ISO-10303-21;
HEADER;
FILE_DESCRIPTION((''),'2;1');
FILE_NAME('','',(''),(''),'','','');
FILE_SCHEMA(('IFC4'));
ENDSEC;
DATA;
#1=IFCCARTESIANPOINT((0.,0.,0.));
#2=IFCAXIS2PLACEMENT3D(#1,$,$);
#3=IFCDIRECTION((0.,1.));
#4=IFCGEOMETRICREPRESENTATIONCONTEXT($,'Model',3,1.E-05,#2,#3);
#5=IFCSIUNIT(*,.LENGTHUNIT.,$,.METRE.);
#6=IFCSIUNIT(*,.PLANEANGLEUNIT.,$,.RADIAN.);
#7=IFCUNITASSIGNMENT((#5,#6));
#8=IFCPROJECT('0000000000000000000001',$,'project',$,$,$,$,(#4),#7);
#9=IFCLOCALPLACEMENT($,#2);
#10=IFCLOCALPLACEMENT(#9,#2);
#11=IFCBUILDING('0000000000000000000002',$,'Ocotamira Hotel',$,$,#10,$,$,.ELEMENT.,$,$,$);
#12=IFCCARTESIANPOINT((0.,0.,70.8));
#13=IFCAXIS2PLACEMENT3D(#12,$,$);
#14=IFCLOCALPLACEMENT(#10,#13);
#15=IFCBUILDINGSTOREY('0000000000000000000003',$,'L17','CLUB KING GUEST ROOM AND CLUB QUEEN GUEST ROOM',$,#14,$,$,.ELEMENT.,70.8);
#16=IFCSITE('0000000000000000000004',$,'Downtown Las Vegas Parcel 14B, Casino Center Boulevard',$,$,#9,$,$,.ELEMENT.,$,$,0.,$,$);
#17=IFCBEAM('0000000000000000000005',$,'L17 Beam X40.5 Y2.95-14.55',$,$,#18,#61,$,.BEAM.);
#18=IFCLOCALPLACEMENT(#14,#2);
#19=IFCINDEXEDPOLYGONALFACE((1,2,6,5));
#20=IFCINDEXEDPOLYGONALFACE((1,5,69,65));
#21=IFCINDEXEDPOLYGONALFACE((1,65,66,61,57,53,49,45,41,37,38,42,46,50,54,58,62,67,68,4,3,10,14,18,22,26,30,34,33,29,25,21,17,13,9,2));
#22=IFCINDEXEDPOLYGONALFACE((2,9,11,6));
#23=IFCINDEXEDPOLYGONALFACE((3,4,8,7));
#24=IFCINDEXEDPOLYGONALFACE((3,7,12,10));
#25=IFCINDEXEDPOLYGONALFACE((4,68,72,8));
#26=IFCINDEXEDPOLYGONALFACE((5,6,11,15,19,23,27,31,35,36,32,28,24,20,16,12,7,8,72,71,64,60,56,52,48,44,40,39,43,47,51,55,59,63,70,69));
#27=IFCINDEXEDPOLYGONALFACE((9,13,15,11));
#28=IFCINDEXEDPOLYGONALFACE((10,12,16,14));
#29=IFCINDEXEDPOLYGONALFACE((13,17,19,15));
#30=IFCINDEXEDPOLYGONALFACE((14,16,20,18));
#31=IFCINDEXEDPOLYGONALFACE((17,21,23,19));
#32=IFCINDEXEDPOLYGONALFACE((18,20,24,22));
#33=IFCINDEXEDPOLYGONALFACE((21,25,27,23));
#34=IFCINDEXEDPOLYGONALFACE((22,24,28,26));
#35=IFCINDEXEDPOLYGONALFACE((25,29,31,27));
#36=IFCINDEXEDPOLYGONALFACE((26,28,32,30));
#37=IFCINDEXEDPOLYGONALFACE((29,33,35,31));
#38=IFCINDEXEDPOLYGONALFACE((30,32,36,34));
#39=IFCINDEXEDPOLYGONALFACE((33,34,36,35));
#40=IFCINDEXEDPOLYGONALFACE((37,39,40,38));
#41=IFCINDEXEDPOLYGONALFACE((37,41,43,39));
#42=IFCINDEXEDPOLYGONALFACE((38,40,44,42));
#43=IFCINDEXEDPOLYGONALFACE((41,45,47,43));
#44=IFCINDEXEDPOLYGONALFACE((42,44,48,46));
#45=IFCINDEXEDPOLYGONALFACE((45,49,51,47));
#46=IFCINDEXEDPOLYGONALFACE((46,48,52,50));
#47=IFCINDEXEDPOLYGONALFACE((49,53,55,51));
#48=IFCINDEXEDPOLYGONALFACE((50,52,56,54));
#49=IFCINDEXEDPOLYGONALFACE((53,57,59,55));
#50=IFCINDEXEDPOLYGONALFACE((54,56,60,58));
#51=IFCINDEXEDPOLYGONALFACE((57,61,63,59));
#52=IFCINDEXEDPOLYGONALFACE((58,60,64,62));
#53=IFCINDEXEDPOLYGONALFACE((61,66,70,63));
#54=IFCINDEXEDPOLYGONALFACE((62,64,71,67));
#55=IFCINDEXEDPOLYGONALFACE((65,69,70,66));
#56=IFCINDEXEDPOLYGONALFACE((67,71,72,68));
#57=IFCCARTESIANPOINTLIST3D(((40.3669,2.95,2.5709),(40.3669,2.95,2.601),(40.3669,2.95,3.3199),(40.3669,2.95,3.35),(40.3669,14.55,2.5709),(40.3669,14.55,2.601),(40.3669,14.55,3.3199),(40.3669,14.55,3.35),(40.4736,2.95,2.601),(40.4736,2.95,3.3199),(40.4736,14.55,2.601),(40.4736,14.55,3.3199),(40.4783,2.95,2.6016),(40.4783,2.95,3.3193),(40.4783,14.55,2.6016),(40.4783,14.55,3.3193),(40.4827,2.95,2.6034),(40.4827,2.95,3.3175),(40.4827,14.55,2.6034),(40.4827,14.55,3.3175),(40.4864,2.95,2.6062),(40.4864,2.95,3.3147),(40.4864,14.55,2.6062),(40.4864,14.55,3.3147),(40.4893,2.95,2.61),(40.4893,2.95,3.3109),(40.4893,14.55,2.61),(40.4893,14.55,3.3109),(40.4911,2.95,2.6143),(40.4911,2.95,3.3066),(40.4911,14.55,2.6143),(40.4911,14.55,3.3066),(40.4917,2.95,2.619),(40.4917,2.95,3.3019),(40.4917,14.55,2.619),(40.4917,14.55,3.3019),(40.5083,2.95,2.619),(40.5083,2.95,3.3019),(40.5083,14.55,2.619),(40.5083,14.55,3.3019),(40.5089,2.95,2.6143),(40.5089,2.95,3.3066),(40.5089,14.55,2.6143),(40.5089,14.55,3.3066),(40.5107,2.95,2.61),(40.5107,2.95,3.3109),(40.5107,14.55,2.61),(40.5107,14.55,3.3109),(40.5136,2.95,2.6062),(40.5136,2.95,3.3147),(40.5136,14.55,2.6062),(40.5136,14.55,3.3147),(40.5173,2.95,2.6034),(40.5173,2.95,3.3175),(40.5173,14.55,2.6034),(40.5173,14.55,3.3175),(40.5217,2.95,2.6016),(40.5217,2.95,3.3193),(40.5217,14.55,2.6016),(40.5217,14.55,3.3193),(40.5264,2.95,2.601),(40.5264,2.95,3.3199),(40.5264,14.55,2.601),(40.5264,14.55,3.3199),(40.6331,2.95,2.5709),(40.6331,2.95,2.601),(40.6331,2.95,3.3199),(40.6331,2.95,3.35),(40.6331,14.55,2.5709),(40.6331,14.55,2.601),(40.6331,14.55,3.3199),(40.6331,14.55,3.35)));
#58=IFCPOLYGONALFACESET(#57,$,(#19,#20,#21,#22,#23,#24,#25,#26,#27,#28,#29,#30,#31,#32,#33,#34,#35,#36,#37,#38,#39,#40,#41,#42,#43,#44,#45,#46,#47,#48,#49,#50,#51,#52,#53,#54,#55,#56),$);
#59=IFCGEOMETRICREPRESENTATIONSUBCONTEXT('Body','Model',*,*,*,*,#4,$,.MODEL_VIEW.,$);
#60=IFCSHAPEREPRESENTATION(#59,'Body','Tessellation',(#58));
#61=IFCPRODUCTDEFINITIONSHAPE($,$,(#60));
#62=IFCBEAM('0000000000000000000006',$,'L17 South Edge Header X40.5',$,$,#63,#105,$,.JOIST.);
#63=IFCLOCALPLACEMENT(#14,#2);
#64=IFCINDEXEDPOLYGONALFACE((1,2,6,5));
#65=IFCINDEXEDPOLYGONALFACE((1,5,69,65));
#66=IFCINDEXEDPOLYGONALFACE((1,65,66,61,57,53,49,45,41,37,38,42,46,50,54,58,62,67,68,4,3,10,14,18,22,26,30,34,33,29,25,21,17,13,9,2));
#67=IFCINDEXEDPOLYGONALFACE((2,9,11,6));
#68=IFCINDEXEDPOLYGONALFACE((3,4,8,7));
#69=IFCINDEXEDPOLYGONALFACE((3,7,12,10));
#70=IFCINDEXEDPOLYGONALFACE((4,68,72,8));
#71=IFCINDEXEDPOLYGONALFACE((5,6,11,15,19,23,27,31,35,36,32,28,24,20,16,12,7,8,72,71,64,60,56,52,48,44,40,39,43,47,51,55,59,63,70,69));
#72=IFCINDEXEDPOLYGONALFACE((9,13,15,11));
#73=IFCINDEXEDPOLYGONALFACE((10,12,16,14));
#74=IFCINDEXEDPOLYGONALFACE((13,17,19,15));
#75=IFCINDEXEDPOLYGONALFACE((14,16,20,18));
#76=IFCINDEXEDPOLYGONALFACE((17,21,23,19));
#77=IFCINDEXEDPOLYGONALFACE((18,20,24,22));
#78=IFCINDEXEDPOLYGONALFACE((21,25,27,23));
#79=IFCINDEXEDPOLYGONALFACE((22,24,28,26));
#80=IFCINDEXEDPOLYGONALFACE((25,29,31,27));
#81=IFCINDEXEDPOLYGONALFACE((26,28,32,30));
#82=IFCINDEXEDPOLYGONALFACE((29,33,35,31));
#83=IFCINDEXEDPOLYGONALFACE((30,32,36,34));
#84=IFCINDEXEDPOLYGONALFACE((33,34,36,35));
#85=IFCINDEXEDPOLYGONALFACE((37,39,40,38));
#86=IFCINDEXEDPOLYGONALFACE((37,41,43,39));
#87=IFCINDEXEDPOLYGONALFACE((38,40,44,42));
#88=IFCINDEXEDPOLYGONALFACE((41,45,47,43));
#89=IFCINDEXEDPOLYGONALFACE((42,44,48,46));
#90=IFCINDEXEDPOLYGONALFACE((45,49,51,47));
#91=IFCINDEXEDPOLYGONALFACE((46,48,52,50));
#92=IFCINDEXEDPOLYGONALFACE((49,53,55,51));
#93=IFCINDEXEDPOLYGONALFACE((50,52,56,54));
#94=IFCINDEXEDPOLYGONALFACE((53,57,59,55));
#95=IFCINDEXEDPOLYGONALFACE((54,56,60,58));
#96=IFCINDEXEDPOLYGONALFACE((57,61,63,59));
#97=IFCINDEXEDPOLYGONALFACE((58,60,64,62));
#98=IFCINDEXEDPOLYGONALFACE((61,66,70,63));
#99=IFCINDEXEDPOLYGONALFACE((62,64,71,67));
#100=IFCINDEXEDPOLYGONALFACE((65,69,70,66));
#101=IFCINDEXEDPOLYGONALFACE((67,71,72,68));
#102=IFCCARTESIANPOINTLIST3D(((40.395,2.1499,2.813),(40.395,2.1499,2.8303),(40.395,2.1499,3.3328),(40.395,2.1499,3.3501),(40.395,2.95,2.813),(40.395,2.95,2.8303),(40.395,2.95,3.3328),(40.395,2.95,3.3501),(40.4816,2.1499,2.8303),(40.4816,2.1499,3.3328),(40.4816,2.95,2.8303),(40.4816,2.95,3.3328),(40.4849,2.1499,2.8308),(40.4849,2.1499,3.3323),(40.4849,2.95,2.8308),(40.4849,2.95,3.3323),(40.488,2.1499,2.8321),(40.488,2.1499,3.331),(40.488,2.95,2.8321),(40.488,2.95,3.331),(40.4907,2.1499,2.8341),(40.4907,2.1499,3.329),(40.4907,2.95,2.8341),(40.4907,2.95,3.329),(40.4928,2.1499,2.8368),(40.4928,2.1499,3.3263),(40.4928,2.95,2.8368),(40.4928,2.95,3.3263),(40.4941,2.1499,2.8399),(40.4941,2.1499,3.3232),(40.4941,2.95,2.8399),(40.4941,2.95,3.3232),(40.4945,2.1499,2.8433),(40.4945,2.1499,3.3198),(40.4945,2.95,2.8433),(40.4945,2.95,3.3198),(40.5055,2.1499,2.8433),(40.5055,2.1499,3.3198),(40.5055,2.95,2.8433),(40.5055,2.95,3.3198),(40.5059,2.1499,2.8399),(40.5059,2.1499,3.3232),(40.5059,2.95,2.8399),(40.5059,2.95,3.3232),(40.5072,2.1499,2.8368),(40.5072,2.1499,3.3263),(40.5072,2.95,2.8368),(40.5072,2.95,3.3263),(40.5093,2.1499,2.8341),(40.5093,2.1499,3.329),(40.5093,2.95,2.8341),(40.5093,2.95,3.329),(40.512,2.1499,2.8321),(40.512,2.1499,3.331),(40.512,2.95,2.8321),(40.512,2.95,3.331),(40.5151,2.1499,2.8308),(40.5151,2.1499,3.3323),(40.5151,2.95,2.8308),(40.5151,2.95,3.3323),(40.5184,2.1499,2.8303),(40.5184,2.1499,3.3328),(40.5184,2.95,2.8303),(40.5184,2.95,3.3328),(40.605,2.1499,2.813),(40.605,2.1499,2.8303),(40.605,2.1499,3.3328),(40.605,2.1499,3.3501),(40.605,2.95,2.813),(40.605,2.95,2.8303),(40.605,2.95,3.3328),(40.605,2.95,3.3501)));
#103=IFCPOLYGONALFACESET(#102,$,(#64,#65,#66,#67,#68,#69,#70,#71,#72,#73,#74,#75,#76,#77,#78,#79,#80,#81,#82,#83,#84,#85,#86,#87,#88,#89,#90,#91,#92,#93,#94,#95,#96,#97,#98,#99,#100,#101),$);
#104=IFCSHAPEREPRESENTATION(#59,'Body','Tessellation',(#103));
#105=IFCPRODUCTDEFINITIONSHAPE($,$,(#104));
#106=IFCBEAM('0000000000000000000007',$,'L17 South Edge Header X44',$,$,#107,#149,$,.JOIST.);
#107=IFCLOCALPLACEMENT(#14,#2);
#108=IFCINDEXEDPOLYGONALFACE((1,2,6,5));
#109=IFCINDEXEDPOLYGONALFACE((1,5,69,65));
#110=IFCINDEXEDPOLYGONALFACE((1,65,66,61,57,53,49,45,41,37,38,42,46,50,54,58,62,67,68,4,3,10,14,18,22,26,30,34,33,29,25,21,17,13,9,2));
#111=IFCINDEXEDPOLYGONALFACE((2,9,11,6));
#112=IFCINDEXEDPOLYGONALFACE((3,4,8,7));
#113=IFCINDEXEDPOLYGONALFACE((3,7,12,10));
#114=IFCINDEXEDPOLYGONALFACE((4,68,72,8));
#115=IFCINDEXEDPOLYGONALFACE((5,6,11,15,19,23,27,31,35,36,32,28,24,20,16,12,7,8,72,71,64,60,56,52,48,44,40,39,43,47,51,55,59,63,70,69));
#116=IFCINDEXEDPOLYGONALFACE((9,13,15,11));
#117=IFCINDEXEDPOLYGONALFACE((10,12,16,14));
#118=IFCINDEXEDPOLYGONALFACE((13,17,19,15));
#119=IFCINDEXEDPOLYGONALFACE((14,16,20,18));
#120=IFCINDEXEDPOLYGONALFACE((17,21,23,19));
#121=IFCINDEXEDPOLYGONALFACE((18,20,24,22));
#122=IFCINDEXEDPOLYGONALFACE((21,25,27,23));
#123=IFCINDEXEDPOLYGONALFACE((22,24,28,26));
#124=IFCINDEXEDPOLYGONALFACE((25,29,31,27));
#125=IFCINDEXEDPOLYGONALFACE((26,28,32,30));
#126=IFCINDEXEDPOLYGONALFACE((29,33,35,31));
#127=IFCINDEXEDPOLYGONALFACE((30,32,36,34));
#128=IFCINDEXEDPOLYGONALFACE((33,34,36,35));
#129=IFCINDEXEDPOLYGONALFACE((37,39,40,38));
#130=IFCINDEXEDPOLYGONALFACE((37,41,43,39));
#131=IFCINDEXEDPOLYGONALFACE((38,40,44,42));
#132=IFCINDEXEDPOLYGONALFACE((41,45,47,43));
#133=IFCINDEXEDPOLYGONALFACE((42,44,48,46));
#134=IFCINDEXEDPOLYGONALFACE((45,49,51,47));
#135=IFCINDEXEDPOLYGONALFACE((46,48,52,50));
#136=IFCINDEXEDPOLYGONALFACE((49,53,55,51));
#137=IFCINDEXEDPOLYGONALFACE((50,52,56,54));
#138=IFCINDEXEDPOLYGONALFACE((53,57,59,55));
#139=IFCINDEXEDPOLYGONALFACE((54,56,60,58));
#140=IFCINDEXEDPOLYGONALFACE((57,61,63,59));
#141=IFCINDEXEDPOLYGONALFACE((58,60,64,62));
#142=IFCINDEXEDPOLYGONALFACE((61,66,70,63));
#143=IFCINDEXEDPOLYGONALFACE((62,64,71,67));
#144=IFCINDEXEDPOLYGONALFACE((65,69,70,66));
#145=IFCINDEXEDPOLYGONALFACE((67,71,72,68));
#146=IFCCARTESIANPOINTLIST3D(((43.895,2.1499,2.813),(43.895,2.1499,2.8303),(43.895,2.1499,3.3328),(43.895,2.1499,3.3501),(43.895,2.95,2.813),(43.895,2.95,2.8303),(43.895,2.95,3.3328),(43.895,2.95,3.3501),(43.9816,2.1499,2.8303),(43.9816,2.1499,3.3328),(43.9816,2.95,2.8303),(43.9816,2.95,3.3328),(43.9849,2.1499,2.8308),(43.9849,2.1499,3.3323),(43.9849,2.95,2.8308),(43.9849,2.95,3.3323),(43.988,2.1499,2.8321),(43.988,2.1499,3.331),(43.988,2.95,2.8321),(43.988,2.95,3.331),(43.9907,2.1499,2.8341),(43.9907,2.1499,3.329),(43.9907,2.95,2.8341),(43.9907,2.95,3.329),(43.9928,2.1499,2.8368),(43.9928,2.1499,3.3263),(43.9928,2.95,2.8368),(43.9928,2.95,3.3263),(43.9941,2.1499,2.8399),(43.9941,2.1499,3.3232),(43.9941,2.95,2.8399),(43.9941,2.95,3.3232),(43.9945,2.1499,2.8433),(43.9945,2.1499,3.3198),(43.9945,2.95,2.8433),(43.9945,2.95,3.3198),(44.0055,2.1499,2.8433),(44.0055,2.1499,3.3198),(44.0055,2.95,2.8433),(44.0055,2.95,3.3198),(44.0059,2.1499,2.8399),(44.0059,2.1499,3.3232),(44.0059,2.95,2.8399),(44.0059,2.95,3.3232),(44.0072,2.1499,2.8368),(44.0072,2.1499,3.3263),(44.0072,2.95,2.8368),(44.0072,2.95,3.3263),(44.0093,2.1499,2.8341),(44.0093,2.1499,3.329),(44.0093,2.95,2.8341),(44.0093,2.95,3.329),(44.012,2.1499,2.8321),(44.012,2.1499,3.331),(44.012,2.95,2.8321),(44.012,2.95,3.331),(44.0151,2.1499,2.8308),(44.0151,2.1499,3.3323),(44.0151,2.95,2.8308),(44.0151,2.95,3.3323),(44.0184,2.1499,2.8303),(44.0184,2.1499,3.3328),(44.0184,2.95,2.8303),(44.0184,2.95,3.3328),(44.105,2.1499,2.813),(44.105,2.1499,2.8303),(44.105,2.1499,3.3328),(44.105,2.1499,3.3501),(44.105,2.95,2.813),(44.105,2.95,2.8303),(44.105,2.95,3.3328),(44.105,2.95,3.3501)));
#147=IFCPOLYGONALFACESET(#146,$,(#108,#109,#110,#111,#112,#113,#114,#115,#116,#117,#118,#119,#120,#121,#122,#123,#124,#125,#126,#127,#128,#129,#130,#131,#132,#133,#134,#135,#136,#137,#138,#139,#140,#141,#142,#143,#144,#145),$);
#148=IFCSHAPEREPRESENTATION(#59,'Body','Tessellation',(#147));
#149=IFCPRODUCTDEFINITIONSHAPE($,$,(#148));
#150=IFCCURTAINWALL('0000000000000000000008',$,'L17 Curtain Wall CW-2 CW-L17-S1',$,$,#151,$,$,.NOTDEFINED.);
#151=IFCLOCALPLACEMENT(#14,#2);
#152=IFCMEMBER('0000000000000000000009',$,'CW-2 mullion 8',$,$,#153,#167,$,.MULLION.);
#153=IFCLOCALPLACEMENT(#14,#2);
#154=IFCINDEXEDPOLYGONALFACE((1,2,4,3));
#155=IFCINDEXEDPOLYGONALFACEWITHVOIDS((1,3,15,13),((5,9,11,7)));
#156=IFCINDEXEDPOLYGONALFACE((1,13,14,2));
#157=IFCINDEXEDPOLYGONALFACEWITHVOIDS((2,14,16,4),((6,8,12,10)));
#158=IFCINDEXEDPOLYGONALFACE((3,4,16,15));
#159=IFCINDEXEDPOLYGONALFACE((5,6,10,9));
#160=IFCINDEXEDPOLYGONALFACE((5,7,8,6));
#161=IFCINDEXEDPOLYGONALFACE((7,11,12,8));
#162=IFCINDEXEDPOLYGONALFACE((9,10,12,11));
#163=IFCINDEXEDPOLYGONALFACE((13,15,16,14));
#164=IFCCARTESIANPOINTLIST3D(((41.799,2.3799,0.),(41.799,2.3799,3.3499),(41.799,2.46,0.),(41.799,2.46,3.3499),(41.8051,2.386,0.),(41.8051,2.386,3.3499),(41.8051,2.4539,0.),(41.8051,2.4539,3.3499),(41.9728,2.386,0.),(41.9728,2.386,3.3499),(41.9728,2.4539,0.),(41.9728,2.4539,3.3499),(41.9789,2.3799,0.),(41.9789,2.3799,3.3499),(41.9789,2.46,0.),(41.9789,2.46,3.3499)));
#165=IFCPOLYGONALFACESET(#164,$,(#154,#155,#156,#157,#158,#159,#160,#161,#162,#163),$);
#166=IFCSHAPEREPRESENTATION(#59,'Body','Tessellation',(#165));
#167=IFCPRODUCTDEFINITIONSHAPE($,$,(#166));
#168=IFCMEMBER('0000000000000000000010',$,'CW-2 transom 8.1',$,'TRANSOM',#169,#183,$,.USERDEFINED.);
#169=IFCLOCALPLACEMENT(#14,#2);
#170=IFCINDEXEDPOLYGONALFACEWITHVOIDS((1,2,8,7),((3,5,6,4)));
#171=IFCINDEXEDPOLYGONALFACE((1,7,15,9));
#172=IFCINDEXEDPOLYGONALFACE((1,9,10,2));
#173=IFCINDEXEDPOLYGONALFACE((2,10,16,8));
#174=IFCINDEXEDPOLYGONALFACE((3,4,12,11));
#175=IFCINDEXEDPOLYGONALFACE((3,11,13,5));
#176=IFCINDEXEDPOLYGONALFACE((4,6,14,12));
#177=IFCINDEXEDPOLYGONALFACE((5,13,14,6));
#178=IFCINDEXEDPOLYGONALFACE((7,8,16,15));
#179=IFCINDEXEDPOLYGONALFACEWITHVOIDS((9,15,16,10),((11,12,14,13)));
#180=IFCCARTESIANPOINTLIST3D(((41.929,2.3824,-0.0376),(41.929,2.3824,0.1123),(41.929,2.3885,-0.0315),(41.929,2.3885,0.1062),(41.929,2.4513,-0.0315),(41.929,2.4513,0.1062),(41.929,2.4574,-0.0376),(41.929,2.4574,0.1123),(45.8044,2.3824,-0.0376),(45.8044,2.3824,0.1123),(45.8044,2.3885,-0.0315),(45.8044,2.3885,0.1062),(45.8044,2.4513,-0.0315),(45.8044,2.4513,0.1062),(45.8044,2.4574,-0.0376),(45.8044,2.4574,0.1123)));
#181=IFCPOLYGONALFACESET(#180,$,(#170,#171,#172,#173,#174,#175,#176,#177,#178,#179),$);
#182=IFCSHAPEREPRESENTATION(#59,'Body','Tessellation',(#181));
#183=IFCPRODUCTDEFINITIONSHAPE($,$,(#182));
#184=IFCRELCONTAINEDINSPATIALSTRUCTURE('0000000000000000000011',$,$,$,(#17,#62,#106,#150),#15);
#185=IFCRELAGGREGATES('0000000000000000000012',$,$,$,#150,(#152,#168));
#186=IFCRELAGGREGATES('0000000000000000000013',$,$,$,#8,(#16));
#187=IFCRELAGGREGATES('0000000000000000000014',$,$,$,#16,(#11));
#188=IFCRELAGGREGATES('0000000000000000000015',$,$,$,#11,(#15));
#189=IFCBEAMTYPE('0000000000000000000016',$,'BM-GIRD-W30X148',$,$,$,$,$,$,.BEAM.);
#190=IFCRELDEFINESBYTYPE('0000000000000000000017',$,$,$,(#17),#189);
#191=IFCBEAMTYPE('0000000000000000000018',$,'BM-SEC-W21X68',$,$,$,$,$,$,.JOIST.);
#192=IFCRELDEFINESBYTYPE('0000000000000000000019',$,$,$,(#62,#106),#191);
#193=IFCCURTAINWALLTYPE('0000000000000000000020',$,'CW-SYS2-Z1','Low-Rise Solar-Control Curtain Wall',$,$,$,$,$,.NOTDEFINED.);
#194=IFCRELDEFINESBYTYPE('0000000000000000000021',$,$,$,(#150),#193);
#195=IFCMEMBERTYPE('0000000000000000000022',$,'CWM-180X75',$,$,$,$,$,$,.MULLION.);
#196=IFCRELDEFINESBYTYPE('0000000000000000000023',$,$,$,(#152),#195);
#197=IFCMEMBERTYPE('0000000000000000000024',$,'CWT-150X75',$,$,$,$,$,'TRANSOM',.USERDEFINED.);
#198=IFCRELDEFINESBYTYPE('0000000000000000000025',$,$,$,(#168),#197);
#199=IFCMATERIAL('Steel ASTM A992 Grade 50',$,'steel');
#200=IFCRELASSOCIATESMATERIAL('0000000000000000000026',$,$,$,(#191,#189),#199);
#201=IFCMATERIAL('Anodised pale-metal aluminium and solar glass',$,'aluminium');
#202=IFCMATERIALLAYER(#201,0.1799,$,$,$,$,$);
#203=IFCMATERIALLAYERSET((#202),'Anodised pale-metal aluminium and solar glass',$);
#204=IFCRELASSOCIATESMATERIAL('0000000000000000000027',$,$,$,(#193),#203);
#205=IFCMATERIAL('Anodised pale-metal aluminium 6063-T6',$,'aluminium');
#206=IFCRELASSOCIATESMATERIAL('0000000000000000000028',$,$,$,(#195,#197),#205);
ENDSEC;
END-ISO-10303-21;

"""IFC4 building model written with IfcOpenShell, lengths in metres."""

from ifc_helpers import new_model, si_unit, direction, frame, origin, origin_2d, place, context, subcontext, project, spatial, hollow_rectangle, i_section, extrude, source, transform, mapped, material, layer, layer_set, material_profile, profile_set, type_object, element, aggregate, save


model = new_model("IFC4")

# Units and contexts
model_context = context("Model", 3, precision=1e-05, world=origin(), true_north=direction((0.0, 1.0)))
body_context = subcontext(model_context, "Body", "Model", "MODEL_VIEW")
ifc_project = project(units=[si_unit("LENGTHUNIT", "METRE"), si_unit("PLANEANGLEUNIT", "RADIAN")], contexts=[model_context])

# Site, building, storey
site_placement = place(None, origin())
site = spatial("IfcSite", under=ifc_project, at=site_placement, Name="Downtown Las Vegas Parcel 14B, Casino Center Boulevard", CompositionType="ELEMENT", RefElevation=0.0)
building_placement = place(site_placement, origin())
building = spatial("IfcBuilding", under=site, at=building_placement, Name="Ocotamira Hotel", CompositionType="ELEMENT")
storey_placement = place(building_placement, frame((0.0, 0.0, 70.8)))
storey = spatial("IfcBuildingStorey", under=building, at=storey_placement, Name="L17", Description="CLUB KING GUEST ROOM AND CLUB QUEEN GUEST ROOM", CompositionType="ELEMENT", Elevation=70.8)

# Beams
ifc_material_1 = material(Name="Steel ASTM A992 Grade 50", Category="steel")
ifc_material_profile_1 = material_profile(ifc_material_1, i_section(OverallWidth=0.21, OverallDepth=0.5371, WebThickness=0.011, FlangeThickness=0.0173, FilletRadius=0.0129, at=origin_2d()), Name="W21X68")
ifc_profile_set_1 = profile_set([ifc_material_profile_1], Name="Steel ASTM A992 Grade 50")
beam_type_1 = type_object("IfcBeamType", Name="BM-SEC-W21X68", PredefinedType="JOIST", material=ifc_profile_set_1)
ifc_material_profile_2 = material_profile(ifc_material_1, i_section(OverallWidth=0.2661, OverallDepth=0.7791, WebThickness=0.0166, FlangeThickness=0.03, FilletRadius=0.0181, at=origin_2d()), Name="W30X148")
ifc_profile_set_2 = profile_set([ifc_material_profile_2], Name="Steel ASTM A992 Grade 50")
beam_type_2 = type_object("IfcBeamType", Name="BM-GIRD-W30X148", PredefinedType="BEAM", material=ifc_profile_set_2)
shared_shape_1 = source(origin(), body_context, "Body", "SweptSolid", [
    extrude(i_section(OverallWidth=0.2661, OverallDepth=0.7791, WebThickness=0.0166, FlangeThickness=0.03, FilletRadius=0.0181, at=origin_2d()), origin(), (0.0, 0.0, 1.0), 11.6001),
])
beam_1_placement = place(storey_placement, frame((40.5, 2.95, 2.9604), z_axis=(0.0, 1.0, 0.0), x_axis=(-1.0, 0.0, 0.0)))
element("IfcBeam", 1, at=beam_1_placement, inside=storey, type_object=beam_type_2, Name="L17 Beam X40.5 Y2.95-14.55", PredefinedType="BEAM", context=body_context, shape_type="MappedRepresentation", body=[
    mapped(shared_shape_1, transform((0.0, 0.0, 0.0), scale=1.0)),
])
shared_shape_2 = source(origin(), body_context, "Body", "SweptSolid", [
    extrude(i_section(OverallWidth=0.21, OverallDepth=0.5371, WebThickness=0.011, FlangeThickness=0.0173, FilletRadius=0.0129, at=origin_2d()), origin(), (0.0, 0.0, 1.0), 0.8),
])
for number, where, z_axis, x_axis, name in (
    (2, (40.5, 2.95, 3.0815), (0.0, -1.0, 0.0), (1.0, 0.0, 0.0), "L17 South Edge Header X40.5"),
    (3, (44.0, 2.95, 3.0815), (0.0, -1.0, 0.0), (1.0, 0.0, 0.0), "L17 South Edge Header X44"),
):
    element("IfcBeam", number, at=place(storey_placement, frame(where, z_axis=z_axis, x_axis=x_axis)), inside=storey, type_object=beam_type_1, Name=name, PredefinedType="JOIST", context=body_context, shape_type="MappedRepresentation", body=[
        mapped(shared_shape_2, transform((0.0, 0.0, 0.0), scale=1.0)),
    ])

# Curtain wall, members
ifc_material_2 = material(Name="Anodised pale-metal aluminium and solar glass", Category="aluminium")
ifc_layer_1 = layer(ifc_material_2, 0.1799)
ifc_layer_set_1 = layer_set([ifc_layer_1], Name="Anodised pale-metal aluminium and solar glass")
curtain_wall_type = type_object("IfcCurtainWallType", Name="CW-SYS2-Z1", Description="Low-Rise Solar-Control Curtain Wall", PredefinedType="NOTDEFINED", material=ifc_layer_set_1)
curtain_wall_placement = place(storey_placement, origin())
curtain_wall = element("IfcCurtainWall", 4, at=curtain_wall_placement, inside=storey, type_object=curtain_wall_type, Name="L17 Curtain Wall CW-2 CW-L17-S1", PredefinedType="NOTDEFINED")
ifc_material_3 = material(Name="Anodised pale-metal aluminium 6063-T6", Category="aluminium")
ifc_material_profile_3 = material_profile(ifc_material_3, hollow_rectangle(XDim=0.0801, YDim=0.1799, WallThickness=0.0061, at=origin_2d()), Name="HSS180X80X6")
ifc_profile_set_3 = profile_set([ifc_material_profile_3], Name="Anodised pale-metal aluminium 6063-T6")
member_type_1 = type_object("IfcMemberType", Name="CWM-180X75", PredefinedType="MULLION", material=ifc_profile_set_3)
shared_shape_3 = source(origin(), body_context, "Body", "SweptSolid", [
    extrude(hollow_rectangle(XDim=0.0801, YDim=0.1799, WallThickness=0.0061, at=origin_2d()), origin(), (0.0, 0.0, 1.0), 3.3499),
])
member_1_placement = place(storey_placement, frame((41.8889, 2.4199, 0.0), z_axis=(0.0, 0.0, 1.0), x_axis=(0.0, 1.0, 0.0)))
member_1 = element("IfcMember", 5, at=member_1_placement, type_object=member_type_1, Name="CW-2 mullion 8", PredefinedType="MULLION", context=body_context, shape_type="MappedRepresentation", body=[
    mapped(shared_shape_3, transform((0.0, 0.0, 0.0), scale=1.0)),
])
ifc_material_profile_4 = material_profile(ifc_material_3, hollow_rectangle(XDim=0.075, YDim=0.1499, WallThickness=0.0061, at=origin_2d()), Name="HSS150X75X6")
ifc_profile_set_4 = profile_set([ifc_material_profile_4], Name="Anodised pale-metal aluminium 6063-T6")
member_type_2 = type_object("IfcMemberType", Name="CWT-150X75", ElementType="TRANSOM", PredefinedType="USERDEFINED", material=ifc_profile_set_4)
shared_shape_4 = source(origin(), body_context, "Body", "SweptSolid", [
    extrude(hollow_rectangle(XDim=0.075, YDim=0.1499, WallThickness=0.0061, at=origin_2d()), origin(), (0.0, 0.0, 1.0), 3.8755),
])
member_2_placement = place(storey_placement, frame((41.929, 2.4199, 0.0374), z_axis=(1.0, 0.0, 0.0), x_axis=(0.0, 1.0, 0.0)))
member_2 = element("IfcMember", 6, at=member_2_placement, type_object=member_type_2, Name="CW-2 transom 8.1", ObjectType="TRANSOM", PredefinedType="USERDEFINED", context=body_context, shape_type="MappedRepresentation", body=[
    mapped(shared_shape_4, transform((0.0, 0.0, 0.0), scale=1.0)),
])
aggregate(curtain_wall, [member_1, member_2])

save(model, "model.ifc")
